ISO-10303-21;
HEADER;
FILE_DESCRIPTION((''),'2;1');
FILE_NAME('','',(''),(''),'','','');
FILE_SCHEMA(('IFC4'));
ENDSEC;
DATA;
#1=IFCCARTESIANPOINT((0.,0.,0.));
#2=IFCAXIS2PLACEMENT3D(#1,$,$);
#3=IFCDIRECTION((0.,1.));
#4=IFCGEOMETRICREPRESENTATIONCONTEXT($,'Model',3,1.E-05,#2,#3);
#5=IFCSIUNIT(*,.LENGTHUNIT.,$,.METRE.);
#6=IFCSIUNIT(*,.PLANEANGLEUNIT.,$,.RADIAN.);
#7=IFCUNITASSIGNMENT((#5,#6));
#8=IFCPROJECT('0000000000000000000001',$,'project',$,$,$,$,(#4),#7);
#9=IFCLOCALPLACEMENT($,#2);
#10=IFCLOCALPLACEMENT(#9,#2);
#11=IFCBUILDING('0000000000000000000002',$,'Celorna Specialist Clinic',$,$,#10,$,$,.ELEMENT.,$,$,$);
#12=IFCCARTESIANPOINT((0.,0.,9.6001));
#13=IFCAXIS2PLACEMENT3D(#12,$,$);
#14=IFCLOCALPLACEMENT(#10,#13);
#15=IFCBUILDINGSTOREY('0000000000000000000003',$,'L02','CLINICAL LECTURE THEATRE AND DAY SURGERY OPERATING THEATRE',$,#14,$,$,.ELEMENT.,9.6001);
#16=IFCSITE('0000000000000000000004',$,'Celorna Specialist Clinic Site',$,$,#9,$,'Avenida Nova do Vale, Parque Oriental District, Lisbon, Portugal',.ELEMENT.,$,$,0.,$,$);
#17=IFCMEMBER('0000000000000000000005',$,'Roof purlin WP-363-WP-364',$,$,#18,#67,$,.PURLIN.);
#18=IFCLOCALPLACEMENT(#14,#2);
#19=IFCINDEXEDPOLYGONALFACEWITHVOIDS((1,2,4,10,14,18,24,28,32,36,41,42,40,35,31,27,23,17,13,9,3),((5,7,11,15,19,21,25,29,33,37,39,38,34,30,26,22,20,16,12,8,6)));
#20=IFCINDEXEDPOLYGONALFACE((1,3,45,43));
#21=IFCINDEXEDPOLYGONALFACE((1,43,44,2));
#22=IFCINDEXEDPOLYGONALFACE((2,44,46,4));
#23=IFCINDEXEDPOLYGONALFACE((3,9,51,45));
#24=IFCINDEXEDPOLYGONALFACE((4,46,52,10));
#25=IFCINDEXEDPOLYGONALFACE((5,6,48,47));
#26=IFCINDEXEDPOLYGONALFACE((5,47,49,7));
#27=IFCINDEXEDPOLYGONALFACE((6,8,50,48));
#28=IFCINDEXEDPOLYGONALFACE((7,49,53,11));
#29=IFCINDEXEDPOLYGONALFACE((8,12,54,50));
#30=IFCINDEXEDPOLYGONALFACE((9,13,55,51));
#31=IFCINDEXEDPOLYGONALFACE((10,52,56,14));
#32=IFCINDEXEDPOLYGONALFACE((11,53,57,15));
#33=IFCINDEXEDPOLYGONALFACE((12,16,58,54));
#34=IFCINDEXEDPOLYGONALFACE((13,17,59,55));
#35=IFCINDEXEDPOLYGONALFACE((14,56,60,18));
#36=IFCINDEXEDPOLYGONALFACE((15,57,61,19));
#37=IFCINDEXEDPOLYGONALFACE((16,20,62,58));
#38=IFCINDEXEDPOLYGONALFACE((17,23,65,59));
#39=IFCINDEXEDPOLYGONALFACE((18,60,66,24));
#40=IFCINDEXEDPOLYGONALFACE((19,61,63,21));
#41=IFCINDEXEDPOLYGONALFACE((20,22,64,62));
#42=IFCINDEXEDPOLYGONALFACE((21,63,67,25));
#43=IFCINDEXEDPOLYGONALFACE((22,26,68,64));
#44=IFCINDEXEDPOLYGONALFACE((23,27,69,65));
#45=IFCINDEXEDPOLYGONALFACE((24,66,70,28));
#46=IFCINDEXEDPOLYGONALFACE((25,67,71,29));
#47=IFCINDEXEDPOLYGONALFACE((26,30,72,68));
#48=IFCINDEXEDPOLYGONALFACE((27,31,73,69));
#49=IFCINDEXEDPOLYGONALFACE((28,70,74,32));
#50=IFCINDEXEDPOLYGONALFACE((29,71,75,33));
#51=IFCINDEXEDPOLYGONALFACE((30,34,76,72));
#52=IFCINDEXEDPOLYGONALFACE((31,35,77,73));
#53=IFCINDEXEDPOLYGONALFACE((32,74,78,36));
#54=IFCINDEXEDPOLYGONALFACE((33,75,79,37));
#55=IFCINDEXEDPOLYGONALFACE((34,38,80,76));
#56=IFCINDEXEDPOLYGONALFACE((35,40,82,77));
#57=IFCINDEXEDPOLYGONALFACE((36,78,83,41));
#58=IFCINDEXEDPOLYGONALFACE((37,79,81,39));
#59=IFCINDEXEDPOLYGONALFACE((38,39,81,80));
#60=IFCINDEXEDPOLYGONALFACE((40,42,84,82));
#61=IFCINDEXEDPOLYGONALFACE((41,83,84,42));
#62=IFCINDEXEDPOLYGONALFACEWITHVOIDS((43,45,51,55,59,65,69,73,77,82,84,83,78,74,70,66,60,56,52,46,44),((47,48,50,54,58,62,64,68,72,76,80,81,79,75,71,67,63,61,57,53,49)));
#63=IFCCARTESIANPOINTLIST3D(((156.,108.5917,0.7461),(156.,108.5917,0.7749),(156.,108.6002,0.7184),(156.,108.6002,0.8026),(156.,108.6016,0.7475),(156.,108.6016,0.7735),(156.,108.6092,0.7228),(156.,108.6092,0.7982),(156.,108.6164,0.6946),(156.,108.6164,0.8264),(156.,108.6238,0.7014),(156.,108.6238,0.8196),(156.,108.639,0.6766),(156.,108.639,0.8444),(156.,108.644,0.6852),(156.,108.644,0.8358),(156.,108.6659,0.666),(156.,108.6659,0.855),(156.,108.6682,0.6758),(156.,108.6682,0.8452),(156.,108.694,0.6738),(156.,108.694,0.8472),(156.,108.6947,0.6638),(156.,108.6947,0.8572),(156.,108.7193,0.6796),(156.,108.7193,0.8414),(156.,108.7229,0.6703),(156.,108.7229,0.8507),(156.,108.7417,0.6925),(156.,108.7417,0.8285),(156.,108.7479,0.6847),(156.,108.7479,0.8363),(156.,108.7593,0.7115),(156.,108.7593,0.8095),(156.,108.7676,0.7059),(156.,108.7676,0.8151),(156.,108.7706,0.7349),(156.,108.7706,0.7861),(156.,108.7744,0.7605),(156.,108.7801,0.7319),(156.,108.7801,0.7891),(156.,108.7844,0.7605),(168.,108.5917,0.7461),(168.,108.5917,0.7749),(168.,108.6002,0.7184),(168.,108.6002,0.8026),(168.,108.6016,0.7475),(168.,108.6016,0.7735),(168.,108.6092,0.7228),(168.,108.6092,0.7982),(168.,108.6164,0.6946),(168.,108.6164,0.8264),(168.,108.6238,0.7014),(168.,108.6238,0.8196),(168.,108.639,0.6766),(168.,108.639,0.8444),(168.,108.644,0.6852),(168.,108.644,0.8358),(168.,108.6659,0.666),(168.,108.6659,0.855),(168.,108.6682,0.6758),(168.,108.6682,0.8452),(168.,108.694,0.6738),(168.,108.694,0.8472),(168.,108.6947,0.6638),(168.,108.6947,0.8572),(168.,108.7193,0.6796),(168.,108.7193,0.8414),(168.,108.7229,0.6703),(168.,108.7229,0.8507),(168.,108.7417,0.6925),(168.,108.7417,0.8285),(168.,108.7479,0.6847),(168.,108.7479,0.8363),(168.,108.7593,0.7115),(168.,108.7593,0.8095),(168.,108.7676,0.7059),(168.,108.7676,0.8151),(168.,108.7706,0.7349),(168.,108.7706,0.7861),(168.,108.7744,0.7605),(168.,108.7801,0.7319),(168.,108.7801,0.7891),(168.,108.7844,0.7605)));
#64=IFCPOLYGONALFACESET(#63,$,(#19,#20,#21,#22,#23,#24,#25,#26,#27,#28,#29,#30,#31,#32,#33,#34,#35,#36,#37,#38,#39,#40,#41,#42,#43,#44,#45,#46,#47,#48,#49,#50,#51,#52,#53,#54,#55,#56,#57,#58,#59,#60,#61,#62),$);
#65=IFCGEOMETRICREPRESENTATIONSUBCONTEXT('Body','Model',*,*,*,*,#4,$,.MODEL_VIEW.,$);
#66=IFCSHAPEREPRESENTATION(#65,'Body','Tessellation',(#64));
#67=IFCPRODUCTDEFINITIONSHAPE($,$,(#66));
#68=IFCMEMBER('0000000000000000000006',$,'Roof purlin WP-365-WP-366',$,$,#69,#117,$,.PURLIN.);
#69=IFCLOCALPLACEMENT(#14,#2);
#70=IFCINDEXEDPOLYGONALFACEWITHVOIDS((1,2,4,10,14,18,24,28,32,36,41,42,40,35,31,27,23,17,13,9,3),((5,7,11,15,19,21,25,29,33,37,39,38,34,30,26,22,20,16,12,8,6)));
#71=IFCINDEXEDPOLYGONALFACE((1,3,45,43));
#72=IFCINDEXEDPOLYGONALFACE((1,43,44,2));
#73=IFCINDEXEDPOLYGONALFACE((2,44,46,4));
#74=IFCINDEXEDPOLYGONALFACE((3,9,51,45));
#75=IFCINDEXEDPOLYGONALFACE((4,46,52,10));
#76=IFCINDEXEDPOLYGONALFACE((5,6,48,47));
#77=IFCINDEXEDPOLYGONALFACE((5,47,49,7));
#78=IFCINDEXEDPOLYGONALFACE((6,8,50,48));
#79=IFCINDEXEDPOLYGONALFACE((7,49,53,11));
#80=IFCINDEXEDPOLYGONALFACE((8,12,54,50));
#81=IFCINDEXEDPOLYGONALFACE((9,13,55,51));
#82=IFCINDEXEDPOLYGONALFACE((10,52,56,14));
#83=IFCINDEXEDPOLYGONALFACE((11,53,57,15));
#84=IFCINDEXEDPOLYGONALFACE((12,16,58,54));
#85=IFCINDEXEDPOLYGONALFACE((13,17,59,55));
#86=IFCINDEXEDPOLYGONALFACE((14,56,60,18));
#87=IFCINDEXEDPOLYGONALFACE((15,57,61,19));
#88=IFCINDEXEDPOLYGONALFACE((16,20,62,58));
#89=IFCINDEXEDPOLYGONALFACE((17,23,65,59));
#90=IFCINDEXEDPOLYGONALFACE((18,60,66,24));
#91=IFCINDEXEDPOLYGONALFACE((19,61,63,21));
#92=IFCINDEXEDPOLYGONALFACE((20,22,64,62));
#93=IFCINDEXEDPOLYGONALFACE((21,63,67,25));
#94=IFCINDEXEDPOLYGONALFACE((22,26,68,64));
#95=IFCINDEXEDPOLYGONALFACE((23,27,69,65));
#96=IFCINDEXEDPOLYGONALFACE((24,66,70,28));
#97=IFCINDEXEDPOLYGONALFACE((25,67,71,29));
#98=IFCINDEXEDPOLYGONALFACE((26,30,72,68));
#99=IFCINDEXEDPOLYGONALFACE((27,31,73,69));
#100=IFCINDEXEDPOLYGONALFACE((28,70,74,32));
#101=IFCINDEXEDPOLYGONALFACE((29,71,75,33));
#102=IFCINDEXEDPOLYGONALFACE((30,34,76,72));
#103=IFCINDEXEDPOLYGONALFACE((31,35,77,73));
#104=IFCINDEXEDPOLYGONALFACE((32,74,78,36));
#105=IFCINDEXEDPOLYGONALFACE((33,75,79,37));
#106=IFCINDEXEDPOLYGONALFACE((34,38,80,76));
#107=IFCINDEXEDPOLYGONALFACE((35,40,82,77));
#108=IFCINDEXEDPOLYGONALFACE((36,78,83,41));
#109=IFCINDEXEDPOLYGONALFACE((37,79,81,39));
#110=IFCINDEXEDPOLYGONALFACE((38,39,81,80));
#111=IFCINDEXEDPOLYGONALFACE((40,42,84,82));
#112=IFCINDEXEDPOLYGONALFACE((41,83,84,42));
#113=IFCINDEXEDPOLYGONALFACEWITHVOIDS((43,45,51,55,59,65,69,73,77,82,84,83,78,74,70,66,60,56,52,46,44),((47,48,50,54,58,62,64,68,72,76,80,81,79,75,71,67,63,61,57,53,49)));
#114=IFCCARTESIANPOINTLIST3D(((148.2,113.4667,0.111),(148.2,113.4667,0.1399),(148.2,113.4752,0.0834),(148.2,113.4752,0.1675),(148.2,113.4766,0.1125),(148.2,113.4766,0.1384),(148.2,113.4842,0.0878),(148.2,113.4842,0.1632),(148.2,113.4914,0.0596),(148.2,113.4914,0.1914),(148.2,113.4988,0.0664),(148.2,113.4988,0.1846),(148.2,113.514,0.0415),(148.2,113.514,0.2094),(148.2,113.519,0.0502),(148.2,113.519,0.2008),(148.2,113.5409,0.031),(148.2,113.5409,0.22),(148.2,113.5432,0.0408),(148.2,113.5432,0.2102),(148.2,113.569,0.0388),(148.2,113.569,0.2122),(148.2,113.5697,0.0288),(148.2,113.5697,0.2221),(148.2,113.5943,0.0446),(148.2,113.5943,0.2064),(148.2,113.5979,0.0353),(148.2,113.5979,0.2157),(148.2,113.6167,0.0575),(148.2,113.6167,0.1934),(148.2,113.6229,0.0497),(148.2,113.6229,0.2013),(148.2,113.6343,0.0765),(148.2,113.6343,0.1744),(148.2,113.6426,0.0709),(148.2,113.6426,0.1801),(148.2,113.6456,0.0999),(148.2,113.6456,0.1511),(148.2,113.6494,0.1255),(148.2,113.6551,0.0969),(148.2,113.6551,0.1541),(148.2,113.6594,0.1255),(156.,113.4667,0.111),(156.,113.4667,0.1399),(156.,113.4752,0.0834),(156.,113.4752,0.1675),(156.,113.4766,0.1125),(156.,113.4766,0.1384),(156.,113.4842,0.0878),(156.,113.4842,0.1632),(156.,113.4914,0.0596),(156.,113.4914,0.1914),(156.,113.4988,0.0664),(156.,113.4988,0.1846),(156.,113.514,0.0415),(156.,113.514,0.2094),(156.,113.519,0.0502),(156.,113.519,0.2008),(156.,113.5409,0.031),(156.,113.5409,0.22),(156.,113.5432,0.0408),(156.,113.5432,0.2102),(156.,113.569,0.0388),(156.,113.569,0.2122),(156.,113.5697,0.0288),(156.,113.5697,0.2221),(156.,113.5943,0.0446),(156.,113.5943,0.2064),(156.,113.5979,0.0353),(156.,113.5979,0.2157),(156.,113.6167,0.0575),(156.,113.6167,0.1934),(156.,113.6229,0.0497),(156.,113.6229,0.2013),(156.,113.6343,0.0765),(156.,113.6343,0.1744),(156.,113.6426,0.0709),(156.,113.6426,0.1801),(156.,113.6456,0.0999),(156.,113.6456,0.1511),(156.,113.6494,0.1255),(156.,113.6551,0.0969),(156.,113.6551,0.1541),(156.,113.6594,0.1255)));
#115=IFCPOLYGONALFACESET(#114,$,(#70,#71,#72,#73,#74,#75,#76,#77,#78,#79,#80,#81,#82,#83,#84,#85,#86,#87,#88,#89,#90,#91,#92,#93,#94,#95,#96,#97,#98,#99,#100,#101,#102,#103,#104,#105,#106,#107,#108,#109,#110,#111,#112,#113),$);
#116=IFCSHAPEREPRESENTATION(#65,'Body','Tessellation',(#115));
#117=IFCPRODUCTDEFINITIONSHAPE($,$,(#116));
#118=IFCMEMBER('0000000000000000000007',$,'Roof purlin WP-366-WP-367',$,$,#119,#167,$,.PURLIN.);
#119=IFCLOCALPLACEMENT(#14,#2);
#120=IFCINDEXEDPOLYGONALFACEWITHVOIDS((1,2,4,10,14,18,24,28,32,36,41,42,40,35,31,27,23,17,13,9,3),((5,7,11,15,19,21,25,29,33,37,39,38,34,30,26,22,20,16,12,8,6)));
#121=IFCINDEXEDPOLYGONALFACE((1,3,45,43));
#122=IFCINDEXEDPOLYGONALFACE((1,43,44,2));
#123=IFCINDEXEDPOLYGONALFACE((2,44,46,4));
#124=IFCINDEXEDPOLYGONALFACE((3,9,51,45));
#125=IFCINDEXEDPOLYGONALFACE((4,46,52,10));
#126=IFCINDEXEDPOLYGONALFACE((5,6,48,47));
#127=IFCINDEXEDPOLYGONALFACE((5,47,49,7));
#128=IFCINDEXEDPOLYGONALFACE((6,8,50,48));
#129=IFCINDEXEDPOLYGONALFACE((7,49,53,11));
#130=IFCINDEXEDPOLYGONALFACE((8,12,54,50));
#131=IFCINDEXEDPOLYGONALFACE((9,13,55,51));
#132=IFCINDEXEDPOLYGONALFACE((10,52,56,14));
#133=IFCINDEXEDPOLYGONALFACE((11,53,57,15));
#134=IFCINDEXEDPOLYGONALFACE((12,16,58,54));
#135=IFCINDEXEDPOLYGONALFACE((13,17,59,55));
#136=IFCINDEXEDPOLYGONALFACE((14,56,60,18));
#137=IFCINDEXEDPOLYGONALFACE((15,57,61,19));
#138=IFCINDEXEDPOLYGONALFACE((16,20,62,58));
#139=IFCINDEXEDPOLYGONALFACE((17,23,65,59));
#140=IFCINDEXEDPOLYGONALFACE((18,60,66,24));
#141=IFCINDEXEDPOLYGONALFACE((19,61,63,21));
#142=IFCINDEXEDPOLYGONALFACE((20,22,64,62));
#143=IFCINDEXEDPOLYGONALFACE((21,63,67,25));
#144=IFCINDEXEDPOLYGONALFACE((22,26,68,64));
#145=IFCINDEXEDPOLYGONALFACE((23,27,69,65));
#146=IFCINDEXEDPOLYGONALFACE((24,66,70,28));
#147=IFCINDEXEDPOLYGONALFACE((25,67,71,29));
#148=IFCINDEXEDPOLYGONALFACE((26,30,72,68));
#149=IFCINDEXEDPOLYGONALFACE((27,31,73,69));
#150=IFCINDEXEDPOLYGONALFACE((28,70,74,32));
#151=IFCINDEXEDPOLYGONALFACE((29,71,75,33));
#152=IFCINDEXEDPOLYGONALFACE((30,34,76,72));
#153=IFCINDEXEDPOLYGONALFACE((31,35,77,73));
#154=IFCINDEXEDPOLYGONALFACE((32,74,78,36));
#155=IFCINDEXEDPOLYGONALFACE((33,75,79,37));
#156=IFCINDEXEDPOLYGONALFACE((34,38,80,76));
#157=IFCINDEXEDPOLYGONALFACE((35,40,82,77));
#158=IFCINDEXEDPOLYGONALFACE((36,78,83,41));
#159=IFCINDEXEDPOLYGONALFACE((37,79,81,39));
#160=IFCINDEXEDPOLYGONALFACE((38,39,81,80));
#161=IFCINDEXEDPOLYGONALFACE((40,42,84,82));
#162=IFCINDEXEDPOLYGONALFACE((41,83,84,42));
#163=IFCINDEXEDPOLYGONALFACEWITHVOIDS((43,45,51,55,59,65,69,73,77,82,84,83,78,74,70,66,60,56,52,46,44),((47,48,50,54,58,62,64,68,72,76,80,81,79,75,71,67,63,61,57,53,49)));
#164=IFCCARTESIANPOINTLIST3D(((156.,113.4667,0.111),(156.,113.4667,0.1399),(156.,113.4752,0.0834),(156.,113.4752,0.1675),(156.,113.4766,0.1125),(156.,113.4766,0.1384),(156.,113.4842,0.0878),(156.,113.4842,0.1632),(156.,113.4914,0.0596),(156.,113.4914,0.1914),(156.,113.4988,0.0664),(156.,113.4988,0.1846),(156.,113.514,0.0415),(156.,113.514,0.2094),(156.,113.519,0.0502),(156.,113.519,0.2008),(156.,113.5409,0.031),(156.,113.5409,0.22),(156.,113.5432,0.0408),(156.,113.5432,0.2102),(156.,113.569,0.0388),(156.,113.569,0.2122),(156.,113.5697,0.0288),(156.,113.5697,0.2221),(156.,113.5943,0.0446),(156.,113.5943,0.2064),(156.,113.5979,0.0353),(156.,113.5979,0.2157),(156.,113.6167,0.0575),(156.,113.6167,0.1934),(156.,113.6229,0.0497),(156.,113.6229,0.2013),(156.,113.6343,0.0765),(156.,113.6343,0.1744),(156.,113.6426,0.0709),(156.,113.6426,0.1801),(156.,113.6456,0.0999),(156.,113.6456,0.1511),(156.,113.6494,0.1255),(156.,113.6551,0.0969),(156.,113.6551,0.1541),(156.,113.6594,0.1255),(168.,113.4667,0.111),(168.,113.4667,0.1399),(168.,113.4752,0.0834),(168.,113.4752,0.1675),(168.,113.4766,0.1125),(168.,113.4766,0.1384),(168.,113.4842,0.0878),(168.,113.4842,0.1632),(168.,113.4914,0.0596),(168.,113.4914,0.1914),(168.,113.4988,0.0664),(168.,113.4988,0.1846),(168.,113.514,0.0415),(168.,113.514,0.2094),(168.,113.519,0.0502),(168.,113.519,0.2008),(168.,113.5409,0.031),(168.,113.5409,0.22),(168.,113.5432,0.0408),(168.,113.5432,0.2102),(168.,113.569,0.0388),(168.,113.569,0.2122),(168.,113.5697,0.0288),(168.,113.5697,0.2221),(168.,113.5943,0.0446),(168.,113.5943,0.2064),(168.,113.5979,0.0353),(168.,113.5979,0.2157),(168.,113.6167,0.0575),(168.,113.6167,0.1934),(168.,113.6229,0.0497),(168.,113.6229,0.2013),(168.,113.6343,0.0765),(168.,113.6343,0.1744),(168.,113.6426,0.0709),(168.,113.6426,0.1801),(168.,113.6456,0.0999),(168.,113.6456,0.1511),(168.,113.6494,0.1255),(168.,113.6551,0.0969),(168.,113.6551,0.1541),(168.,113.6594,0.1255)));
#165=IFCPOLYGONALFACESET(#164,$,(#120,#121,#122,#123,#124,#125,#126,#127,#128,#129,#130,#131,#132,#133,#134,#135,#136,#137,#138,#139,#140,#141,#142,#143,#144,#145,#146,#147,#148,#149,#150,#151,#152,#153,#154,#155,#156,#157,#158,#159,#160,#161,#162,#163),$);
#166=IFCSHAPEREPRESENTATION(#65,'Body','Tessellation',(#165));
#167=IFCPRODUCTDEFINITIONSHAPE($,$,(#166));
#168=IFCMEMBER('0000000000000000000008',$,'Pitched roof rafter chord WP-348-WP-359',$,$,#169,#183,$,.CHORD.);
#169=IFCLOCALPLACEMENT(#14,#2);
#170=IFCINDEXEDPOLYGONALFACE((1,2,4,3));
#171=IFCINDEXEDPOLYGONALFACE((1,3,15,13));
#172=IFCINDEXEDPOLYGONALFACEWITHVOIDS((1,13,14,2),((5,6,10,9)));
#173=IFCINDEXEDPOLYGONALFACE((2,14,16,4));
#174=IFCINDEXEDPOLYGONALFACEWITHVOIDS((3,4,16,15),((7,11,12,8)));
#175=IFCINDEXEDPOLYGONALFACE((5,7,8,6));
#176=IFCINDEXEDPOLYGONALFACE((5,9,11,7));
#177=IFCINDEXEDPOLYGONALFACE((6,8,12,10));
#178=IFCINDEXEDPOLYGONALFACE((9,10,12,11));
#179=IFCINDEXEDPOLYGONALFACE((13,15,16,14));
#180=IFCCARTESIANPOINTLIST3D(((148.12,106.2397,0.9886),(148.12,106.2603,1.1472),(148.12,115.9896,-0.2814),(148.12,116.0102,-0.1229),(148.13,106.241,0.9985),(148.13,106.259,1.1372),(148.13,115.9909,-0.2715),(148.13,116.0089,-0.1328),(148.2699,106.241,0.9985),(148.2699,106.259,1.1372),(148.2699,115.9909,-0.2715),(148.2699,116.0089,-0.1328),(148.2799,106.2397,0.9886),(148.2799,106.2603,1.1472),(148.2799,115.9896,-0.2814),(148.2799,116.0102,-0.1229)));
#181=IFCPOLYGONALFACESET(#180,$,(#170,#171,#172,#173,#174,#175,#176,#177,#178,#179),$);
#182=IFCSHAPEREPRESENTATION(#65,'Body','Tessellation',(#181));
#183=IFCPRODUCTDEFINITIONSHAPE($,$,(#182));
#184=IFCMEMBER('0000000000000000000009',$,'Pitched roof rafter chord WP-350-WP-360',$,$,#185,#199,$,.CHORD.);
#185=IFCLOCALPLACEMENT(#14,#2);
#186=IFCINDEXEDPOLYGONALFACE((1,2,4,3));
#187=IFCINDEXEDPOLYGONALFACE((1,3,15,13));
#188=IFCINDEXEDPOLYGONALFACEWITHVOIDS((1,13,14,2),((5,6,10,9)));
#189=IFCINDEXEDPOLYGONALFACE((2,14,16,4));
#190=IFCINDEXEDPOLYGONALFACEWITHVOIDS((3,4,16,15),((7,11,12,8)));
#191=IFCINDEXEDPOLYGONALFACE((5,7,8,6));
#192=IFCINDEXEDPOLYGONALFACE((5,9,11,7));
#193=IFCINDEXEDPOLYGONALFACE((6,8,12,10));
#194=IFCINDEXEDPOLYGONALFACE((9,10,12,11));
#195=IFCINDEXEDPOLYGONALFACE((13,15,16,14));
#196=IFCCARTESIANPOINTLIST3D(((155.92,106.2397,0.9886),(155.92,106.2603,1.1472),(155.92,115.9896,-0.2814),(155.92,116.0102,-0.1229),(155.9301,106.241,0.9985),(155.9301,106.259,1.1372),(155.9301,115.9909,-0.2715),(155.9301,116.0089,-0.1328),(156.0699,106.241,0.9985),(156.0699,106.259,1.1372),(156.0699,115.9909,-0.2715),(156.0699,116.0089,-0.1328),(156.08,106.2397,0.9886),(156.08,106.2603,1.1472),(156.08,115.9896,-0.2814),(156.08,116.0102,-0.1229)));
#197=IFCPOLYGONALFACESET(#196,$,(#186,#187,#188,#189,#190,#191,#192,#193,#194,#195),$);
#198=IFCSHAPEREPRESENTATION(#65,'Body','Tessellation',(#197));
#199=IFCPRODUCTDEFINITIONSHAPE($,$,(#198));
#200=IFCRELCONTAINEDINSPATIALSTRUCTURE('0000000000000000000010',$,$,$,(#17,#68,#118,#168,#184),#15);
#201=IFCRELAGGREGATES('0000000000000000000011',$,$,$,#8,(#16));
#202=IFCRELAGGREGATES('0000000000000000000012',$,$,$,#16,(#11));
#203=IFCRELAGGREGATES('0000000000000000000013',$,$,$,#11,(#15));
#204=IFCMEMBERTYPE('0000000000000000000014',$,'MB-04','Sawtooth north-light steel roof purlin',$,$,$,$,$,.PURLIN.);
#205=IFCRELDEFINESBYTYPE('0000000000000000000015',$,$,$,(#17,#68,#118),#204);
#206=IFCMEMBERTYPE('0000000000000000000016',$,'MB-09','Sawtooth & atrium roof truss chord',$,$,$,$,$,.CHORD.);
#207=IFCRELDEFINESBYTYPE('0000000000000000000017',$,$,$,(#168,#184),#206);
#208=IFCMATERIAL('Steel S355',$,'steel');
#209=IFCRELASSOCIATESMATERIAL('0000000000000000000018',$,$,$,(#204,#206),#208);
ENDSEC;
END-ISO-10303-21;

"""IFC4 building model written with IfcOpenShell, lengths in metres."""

from ifc_helpers import new_model, si_unit, direction, frame, origin, origin_2d, place, context, subcontext, project, spatial, hollow_rectangle, hollow_circle, extrude, material, material_profile, profile_set, type_object, element, save


model = new_model("IFC4")

# Units and contexts
model_context = context("Model", 3, precision=1e-05, world=origin(), true_north=direction((0.0, 1.0)))
body_context = subcontext(model_context, "Body", "Model", "MODEL_VIEW")
ifc_project = project(units=[si_unit("LENGTHUNIT", "METRE"), si_unit("PLANEANGLEUNIT", "RADIAN")], contexts=[model_context])

# Site, building, storey
site_placement = place(None, origin())
site = spatial("IfcSite", under=ifc_project, at=site_placement, Name="Celorna Specialist Clinic Site", LongName="Avenida Nova do Vale, Parque Oriental District, Lisbon, Portugal", CompositionType="ELEMENT", RefElevation=0.0)
building_placement = place(site_placement, origin())
building = spatial("IfcBuilding", under=site, at=building_placement, Name="Celorna Specialist Clinic", CompositionType="ELEMENT")
storey_placement = place(building_placement, frame((0.0, 0.0, 9.6001)))
storey = spatial("IfcBuildingStorey", under=building, at=storey_placement, Name="L02", Description="CLINICAL LECTURE THEATRE AND DAY SURGERY OPERATING THEATRE", CompositionType="ELEMENT", Elevation=9.6001)

# Shared definitions
ifc_material_1 = material(Name="Steel S355", Category="steel")

# Members
ifc_material_profile_1 = material_profile(ifc_material_1, hollow_circle(Radius=0.0969, WallThickness=0.01, at=origin_2d()), Name="CHS 193.7x10")
ifc_profile_set_1 = profile_set([ifc_material_profile_1], Name="Steel S355")
member_type_1 = type_object("IfcMemberType", Name="MB-04", Description="Sawtooth north-light steel roof purlin", PredefinedType="PURLIN", material=ifc_profile_set_1)
member_1_placement = place(storey_placement, frame((156.0, 108.6875, 0.7605), z_axis=(1.0, 0.0, 0.0), x_axis=(0.0, 1.0, 0.0)))
element("IfcMember", 1, at=member_1_placement, inside=storey, type_object=member_type_1, Name="Roof purlin WP-363-WP-364", PredefinedType="PURLIN", context=body_context, shape_type="SweptSolid", body=[
    extrude(hollow_circle(Radius=0.0969, WallThickness=0.01, at=origin_2d()), origin(), (0.0, 0.0, 1.0), 12.0),
])
member_2_placement = place(storey_placement, frame((148.2, 113.5625, 0.1255), z_axis=(1.0, 0.0, 0.0), x_axis=(0.0, 1.0, 0.0)))
element("IfcMember", 2, at=member_2_placement, inside=storey, type_object=member_type_1, Name="Roof purlin WP-365-WP-366", PredefinedType="PURLIN", context=body_context, shape_type="SweptSolid", body=[
    extrude(hollow_circle(Radius=0.0969, WallThickness=0.01, at=origin_2d()), origin(), (0.0, 0.0, 1.0), 7.8),
])
member_3_placement = place(storey_placement, frame((156.0, 113.5625, 0.1255), z_axis=(1.0, 0.0, 0.0), x_axis=(0.0, 1.0, 0.0)))
element("IfcMember", 3, at=member_3_placement, inside=storey, type_object=member_type_1, Name="Roof purlin WP-366-WP-367", PredefinedType="PURLIN", context=body_context, shape_type="SweptSolid", body=[
    extrude(hollow_circle(Radius=0.0969, WallThickness=0.01, at=origin_2d()), origin(), (0.0, 0.0, 1.0), 12.0),
])
ifc_material_profile_2 = material_profile(ifc_material_1, hollow_rectangle(XDim=0.1599, YDim=0.1599, WallThickness=0.01, at=origin_2d()), Name="SHS 160x160x10")
ifc_profile_set_2 = profile_set([ifc_material_profile_2], Name="Steel S355")
member_type_2 = type_object("IfcMemberType", Name="MB-09", Description="Sawtooth & atrium roof truss chord", PredefinedType="CHORD", material=ifc_profile_set_2)
for number, where, z_axis, x_axis, name in (
    (4, (148.2, 106.25, 1.0679), (0.0, 0.991623, -0.129167), (-1.0, 0.0, 0.0), "Pitched roof rafter chord WP-348-WP-359"),
    (5, (156.0, 106.25, 1.0679), (0.0, 0.991623, -0.129167), (-1.0, 0.0, 0.0), "Pitched roof rafter chord WP-350-WP-360"),
):
    element("IfcMember", number, at=place(storey_placement, frame(where, z_axis=z_axis, x_axis=x_axis)), inside=storey, type_object=member_type_2, Name=name, PredefinedType="CHORD", context=body_context, shape_type="SweptSolid", body=[
        extrude(hollow_rectangle(XDim=0.1599, YDim=0.1599, WallThickness=0.01, at=origin_2d()), origin(), (0.0, 0.0, 1.0), 9.8323),
    ])

save(model, "model.ifc")
